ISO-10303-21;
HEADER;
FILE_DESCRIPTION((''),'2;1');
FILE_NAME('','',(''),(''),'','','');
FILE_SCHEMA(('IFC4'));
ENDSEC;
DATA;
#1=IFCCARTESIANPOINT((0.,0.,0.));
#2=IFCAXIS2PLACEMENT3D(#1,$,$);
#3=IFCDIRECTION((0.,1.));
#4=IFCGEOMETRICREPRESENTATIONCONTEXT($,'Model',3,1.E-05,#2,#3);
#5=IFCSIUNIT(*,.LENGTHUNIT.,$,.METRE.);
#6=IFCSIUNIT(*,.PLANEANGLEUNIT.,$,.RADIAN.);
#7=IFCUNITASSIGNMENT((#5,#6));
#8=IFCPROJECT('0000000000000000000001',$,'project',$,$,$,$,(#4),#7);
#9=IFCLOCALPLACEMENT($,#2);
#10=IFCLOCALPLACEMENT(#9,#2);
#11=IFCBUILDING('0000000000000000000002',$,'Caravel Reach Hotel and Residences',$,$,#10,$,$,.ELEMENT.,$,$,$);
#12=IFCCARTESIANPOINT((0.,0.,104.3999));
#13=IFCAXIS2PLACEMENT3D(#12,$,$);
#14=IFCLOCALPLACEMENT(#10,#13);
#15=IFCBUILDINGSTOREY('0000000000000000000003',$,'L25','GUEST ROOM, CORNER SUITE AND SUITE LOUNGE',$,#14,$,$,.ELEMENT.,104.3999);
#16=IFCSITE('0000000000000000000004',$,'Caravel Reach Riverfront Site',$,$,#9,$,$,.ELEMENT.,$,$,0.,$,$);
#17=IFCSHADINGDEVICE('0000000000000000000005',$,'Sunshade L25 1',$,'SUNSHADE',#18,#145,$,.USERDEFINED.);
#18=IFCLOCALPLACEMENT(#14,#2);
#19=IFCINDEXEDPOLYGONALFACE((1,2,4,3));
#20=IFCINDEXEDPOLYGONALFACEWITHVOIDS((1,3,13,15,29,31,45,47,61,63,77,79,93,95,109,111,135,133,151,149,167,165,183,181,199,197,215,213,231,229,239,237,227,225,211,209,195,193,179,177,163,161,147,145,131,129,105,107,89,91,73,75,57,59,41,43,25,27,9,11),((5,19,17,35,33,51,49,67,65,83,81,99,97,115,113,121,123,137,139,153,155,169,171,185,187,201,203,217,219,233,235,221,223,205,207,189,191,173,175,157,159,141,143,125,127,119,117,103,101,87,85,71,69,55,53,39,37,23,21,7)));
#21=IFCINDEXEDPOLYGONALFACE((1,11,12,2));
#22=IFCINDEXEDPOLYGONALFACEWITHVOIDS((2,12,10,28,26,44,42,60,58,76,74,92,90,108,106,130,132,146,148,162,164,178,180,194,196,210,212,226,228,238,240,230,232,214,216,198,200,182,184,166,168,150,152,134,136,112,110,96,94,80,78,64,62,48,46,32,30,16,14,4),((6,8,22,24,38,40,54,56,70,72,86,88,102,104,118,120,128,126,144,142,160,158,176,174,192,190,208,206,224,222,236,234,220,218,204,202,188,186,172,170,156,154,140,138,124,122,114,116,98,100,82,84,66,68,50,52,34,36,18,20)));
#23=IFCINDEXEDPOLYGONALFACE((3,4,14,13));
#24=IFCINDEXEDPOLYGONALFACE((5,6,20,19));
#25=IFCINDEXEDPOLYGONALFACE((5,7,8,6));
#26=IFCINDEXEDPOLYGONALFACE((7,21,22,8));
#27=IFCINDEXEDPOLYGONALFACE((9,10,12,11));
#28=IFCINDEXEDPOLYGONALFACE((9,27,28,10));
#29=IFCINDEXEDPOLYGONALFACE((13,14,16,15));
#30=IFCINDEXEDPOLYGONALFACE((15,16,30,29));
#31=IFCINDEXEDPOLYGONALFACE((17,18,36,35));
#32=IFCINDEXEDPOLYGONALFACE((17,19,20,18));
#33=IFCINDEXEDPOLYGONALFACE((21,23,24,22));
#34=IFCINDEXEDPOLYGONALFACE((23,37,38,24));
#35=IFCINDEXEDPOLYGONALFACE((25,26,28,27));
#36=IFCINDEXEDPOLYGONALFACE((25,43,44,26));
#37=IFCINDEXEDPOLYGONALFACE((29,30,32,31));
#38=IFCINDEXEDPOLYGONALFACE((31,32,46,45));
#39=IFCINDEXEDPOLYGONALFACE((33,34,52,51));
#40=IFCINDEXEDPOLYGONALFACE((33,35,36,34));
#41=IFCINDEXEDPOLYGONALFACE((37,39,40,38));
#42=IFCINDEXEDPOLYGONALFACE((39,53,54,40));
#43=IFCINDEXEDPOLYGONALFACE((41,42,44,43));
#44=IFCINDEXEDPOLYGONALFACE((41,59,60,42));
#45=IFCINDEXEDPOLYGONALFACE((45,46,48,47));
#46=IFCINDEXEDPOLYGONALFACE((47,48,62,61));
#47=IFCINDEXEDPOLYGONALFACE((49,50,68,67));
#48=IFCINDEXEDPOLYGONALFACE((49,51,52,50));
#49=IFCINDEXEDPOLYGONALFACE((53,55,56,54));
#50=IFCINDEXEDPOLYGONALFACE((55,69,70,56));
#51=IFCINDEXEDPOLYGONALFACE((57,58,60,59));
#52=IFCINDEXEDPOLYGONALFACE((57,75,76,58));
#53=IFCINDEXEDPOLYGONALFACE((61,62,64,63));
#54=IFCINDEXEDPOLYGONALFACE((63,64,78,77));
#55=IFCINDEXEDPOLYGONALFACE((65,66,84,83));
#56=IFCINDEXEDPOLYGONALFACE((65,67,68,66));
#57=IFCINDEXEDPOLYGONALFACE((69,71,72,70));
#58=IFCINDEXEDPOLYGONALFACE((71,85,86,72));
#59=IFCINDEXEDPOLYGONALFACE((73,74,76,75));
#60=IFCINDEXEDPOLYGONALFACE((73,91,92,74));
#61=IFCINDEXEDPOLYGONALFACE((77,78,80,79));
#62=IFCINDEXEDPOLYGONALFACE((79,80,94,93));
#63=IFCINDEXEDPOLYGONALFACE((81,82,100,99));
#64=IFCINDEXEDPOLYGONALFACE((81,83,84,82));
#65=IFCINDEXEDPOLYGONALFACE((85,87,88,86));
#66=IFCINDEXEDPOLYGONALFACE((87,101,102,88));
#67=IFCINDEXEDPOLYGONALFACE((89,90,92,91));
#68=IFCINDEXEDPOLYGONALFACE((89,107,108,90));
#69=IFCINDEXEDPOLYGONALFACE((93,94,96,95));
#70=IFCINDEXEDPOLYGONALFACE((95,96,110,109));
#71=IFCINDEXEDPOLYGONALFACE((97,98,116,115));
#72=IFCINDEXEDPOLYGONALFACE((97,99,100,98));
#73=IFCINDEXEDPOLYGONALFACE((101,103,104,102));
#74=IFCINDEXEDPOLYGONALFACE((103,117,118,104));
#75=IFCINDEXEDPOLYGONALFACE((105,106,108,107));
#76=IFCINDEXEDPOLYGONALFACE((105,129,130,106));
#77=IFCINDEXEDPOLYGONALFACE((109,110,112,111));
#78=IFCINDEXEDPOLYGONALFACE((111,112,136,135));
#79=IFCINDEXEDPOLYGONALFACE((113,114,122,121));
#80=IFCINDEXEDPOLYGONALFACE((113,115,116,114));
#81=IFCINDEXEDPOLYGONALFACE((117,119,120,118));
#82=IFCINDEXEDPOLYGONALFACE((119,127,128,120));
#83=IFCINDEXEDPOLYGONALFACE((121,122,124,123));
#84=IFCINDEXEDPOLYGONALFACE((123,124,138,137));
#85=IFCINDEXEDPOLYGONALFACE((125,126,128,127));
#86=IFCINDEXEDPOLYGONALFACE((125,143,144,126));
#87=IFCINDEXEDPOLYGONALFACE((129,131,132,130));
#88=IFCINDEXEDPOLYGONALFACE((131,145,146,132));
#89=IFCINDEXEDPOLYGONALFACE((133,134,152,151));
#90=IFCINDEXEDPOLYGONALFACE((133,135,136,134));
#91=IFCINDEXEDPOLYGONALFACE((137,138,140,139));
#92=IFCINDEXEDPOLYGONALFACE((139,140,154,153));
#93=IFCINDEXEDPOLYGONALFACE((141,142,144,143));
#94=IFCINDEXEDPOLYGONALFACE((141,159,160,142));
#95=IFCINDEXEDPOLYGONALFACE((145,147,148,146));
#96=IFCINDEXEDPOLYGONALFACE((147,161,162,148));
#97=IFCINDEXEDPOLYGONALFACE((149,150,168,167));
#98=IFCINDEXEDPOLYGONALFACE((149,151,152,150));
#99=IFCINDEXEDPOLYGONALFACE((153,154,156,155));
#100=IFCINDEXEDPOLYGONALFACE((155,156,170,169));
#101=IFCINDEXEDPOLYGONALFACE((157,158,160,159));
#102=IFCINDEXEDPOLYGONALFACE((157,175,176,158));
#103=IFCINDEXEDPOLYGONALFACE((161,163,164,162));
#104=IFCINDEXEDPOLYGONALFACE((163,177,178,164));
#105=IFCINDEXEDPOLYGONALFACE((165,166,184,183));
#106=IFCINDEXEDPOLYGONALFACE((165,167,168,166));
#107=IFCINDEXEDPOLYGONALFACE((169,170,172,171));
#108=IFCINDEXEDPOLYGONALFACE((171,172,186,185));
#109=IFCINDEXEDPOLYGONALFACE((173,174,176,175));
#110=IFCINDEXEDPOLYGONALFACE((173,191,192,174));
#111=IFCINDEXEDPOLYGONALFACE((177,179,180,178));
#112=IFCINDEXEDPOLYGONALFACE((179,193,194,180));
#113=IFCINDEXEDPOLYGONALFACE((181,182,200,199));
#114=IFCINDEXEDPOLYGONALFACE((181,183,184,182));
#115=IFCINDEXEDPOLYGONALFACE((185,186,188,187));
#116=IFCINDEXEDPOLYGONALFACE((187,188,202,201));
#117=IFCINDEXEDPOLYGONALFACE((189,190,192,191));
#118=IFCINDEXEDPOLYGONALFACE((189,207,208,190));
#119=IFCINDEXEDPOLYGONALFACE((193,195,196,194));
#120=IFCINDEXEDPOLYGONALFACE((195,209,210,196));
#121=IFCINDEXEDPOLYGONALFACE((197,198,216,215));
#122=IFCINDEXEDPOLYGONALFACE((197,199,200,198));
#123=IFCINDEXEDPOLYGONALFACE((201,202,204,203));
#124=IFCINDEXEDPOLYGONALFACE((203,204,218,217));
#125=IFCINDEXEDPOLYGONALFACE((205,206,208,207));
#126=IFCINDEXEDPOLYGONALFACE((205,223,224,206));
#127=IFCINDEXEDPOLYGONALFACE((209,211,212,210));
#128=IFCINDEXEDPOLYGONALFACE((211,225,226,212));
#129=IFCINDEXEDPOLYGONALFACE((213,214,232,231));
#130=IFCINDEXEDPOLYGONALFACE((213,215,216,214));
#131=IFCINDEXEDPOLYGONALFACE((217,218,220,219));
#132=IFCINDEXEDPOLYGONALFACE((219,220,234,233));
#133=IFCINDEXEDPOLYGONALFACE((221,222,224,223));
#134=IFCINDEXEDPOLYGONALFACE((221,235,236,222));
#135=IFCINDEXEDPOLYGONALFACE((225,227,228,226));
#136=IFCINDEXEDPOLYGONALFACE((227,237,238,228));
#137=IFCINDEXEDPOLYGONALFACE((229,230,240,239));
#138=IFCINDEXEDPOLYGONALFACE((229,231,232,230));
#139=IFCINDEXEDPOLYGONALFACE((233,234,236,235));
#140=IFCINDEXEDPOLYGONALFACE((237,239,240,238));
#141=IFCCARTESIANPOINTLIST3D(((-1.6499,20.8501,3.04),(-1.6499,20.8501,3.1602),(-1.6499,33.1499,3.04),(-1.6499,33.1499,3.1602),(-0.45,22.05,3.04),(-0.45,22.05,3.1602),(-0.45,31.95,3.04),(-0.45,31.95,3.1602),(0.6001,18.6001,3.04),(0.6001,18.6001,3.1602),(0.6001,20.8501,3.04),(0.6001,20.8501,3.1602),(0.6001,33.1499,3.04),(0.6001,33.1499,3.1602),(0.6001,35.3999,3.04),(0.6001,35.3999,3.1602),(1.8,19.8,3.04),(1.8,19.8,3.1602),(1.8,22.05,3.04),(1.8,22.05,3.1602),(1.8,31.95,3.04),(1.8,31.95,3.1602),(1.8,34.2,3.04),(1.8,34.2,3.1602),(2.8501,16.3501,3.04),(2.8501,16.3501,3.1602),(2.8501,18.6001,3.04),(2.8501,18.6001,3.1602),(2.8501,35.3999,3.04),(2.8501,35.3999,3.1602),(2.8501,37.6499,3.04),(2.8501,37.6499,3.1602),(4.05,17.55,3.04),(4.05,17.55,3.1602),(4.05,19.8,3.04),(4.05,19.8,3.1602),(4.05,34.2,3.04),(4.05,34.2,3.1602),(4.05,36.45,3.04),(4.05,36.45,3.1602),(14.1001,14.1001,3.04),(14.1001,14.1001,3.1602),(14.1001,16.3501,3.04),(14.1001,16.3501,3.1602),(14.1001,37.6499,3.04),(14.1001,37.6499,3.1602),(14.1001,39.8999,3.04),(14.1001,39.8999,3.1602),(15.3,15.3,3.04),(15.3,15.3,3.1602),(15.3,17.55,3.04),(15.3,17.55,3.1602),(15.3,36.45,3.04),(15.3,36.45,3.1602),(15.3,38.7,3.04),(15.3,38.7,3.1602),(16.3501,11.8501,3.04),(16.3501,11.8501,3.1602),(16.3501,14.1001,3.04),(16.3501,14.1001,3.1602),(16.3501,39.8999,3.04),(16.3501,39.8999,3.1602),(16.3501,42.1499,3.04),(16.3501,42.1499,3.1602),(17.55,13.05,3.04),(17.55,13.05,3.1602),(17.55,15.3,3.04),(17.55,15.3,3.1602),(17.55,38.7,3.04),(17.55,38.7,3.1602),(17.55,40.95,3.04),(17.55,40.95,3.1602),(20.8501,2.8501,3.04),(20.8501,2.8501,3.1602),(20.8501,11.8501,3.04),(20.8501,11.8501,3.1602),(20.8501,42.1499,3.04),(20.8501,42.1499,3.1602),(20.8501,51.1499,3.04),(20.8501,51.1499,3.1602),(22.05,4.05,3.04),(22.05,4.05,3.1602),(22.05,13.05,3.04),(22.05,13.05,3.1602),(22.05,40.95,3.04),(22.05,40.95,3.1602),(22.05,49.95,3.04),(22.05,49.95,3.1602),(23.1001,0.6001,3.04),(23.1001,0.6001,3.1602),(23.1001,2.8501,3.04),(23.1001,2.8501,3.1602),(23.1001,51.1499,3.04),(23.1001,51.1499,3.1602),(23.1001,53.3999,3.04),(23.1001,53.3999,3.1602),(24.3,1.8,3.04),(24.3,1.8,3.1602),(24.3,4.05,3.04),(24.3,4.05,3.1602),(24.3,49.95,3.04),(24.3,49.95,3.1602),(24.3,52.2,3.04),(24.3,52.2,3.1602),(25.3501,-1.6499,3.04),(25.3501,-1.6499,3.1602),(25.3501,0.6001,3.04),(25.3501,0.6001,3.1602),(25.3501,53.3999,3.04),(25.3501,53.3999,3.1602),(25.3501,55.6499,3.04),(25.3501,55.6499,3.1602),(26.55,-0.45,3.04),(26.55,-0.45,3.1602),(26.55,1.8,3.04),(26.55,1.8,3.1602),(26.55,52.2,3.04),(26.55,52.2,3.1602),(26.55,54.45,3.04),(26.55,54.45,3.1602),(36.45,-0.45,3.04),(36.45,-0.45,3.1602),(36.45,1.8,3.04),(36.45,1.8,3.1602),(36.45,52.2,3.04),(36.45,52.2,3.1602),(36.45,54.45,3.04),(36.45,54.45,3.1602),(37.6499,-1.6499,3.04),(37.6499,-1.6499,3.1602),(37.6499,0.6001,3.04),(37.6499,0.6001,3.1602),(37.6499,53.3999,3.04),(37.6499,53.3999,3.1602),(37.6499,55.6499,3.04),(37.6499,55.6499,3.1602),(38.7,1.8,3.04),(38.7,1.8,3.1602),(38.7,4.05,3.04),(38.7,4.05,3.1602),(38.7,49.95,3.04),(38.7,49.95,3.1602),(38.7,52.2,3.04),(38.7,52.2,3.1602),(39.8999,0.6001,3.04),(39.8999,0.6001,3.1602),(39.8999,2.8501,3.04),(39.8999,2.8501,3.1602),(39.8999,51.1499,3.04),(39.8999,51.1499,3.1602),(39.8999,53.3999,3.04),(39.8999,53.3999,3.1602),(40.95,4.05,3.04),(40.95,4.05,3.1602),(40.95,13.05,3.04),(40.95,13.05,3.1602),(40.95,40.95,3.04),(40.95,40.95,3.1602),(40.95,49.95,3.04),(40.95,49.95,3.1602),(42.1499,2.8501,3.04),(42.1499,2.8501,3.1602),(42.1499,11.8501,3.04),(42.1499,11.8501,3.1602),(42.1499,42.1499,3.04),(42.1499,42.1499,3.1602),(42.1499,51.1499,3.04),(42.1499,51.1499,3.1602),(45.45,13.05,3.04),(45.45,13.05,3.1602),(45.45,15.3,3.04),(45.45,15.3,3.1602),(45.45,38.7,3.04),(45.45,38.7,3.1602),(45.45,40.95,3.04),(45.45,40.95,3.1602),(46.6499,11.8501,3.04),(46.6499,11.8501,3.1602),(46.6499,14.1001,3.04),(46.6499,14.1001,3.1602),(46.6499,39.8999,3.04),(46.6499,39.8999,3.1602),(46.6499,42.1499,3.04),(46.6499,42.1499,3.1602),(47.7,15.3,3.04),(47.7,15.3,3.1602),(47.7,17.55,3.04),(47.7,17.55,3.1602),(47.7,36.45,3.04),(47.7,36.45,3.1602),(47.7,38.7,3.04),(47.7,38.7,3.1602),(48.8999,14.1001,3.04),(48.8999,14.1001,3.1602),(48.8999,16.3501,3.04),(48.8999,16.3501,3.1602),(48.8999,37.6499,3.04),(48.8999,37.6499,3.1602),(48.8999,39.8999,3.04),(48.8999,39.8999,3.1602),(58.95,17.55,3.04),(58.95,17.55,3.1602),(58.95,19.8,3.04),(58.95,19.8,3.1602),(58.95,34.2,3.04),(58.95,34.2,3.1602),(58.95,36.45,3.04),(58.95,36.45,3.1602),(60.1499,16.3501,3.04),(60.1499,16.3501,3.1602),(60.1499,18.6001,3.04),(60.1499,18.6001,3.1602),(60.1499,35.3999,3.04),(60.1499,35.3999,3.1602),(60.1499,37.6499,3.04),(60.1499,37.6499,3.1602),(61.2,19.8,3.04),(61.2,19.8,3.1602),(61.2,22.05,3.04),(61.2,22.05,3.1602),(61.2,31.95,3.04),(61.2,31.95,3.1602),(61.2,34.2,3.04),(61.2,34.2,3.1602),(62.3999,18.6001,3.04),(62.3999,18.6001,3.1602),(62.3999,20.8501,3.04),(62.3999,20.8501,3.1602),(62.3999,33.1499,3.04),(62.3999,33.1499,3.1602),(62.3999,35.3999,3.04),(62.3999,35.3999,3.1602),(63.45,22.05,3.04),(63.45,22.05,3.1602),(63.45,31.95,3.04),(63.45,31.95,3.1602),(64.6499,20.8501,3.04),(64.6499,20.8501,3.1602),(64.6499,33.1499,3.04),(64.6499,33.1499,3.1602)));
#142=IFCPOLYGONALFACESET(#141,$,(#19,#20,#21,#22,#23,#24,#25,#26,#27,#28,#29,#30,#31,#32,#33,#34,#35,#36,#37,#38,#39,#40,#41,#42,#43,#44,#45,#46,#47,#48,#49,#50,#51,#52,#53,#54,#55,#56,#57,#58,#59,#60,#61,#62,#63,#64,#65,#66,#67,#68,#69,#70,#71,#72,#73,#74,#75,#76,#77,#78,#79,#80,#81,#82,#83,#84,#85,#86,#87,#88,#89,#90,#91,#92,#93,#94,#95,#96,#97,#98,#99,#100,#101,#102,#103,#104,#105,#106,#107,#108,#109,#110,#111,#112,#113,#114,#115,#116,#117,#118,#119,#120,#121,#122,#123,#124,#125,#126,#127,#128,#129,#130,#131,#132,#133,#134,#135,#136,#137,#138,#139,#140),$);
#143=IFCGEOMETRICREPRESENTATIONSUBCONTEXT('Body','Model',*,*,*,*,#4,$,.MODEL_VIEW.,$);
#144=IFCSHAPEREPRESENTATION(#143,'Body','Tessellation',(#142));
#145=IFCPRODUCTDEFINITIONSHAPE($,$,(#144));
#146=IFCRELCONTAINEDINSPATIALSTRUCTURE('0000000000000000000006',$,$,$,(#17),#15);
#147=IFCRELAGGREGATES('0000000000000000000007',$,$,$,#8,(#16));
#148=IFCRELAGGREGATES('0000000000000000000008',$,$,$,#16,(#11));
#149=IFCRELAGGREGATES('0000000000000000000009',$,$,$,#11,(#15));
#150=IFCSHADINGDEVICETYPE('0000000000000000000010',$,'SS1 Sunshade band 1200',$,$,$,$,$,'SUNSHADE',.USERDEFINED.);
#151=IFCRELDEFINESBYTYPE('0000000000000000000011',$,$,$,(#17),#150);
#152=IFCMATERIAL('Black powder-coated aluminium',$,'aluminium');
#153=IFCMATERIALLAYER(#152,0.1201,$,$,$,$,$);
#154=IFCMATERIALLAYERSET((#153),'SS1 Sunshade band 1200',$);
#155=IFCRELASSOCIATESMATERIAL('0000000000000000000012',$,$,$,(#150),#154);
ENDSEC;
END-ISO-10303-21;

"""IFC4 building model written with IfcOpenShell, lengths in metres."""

from ifc_helpers import new_model, si_unit, direction, frame, origin, place, context, subcontext, project, spatial, polyline, outline, extrude, material, layer, layer_set, type_object, element, save


model = new_model("IFC4")

# Units and contexts
model_context = context("Model", 3, precision=1e-05, world=origin(), true_north=direction((0.0, 1.0)))
body_context = subcontext(model_context, "Body", "Model", "MODEL_VIEW")
ifc_project = project(units=[si_unit("LENGTHUNIT", "METRE"), si_unit("PLANEANGLEUNIT", "RADIAN")], contexts=[model_context])

# Site, building, storey
site_placement = place(None, origin())
site = spatial("IfcSite", under=ifc_project, at=site_placement, Name="Caravel Reach Riverfront Site", CompositionType="ELEMENT", RefElevation=0.0)
building_placement = place(site_placement, origin())
building = spatial("IfcBuilding", under=site, at=building_placement, Name="Caravel Reach Hotel and Residences", CompositionType="ELEMENT")
storey_placement = place(building_placement, frame((0.0, 0.0, 104.3999)))
storey = spatial("IfcBuildingStorey", under=building, at=storey_placement, Name="L25", Description="GUEST ROOM, CORNER SUITE AND SUITE LOUNGE", CompositionType="ELEMENT", Elevation=104.3999)

# Shading device
ifc_material_1 = material(Name="Black powder-coated aluminium", Category="aluminium")
ifc_layer_1 = layer(ifc_material_1, 0.1201)
ifc_layer_set_1 = layer_set([ifc_layer_1], Name="SS1 Sunshade band 1200")
shading_device_type = type_object("IfcShadingDeviceType", Name="SS1 Sunshade band 1200", ElementType="SUNSHADE", PredefinedType="USERDEFINED", material=ifc_layer_set_1)
shading_device_placement = place(storey_placement, frame((0.0, 0.0, 3.04)))
element("IfcShadingDevice", 1, at=shading_device_placement, inside=storey, type_object=shading_device_type, Name="Sunshade L25 1", ObjectType="SUNSHADE", PredefinedType="USERDEFINED", context=body_context, shape_type="SweptSolid", body=[
    extrude(outline(polyline([(20.8501, 11.8501), (20.8501, 2.8501), (23.1001, 2.8501), (23.1001, 0.6001), (25.3501, 0.6001), (25.3501, -1.6499), (37.6499, -1.6499), (37.6499, 0.6001), (39.8999, 0.6001), (39.8999, 2.8501), (42.1499, 2.8501), (42.1499, 11.8501), (46.6499, 11.8501), (46.6499, 14.1001), (48.8999, 14.1001), (48.8999, 16.3501), (60.1499, 16.3501), (60.1499, 18.6001), (62.3999, 18.6001), (62.3999, 20.8501), (64.6499, 20.8501), (64.6499, 33.1499), (62.3999, 33.1499), (62.3999, 35.3999), (60.1499, 35.3999), (60.1499, 37.6499), (48.8999, 37.6499), (48.8999, 39.8999), (46.6499, 39.8999), (46.6499, 42.1499), (42.1499, 42.1499), (42.1499, 51.1499), (39.8999, 51.1499), (39.8999, 53.3999), (37.6499, 53.3999), (37.6499, 55.6499), (25.3501, 55.6499), (25.3501, 53.3999), (23.1001, 53.3999), (23.1001, 51.1499), (20.8501, 51.1499), (20.8501, 42.1499), (16.3501, 42.1499), (16.3501, 39.8999), (14.1001, 39.8999), (14.1001, 37.6499), (2.8501, 37.6499), (2.8501, 35.3999), (0.6001, 35.3999), (0.6001, 33.1499), (-1.6499, 33.1499), (-1.6499, 20.8501), (0.6001, 20.8501), (0.6001, 18.6001), (2.8501, 18.6001), (2.8501, 16.3501), (14.1001, 16.3501), (14.1001, 14.1001), (16.3501, 14.1001), (16.3501, 11.8501), (20.8501, 11.8501)]), holes=[polyline([(24.3, 4.05), (22.05, 4.05), (22.05, 13.05), (17.55, 13.05), (17.55, 15.3), (15.3, 15.3), (15.3, 17.55), (4.05, 17.55), (4.05, 19.8), (1.8, 19.8), (1.8, 22.05), (-0.45, 22.05), (-0.45, 31.95), (1.8, 31.95), (1.8, 34.2), (4.05, 34.2), (4.05, 36.45), (15.3, 36.45), (15.3, 38.7), (17.55, 38.7), (17.55, 40.95), (22.05, 40.95), (22.05, 49.95), (24.3, 49.95), (24.3, 52.2), (26.55, 52.2), (26.55, 54.45), (36.45, 54.45), (36.45, 52.2), (38.7, 52.2), (38.7, 49.95), (40.95, 49.95), (40.95, 40.95), (45.45, 40.95), (45.45, 38.7), (47.7, 38.7), (47.7, 36.45), (58.95, 36.45), (58.95, 34.2), (61.2, 34.2), (61.2, 31.95), (63.45, 31.95), (63.45, 22.05), (61.2, 22.05), (61.2, 19.8), (58.95, 19.8), (58.95, 17.55), (47.7, 17.55), (47.7, 15.3), (45.45, 15.3), (45.45, 13.05), (40.95, 13.05), (40.95, 4.05), (38.7, 4.05), (38.7, 1.8), (36.45, 1.8), (36.45, -0.45), (26.55, -0.45), (26.55, 1.8), (24.3, 1.8), (24.3, 4.05)])]), origin(), (0.0, 0.0, 1.0), 0.1201),
])

save(model, "model.ifc")
